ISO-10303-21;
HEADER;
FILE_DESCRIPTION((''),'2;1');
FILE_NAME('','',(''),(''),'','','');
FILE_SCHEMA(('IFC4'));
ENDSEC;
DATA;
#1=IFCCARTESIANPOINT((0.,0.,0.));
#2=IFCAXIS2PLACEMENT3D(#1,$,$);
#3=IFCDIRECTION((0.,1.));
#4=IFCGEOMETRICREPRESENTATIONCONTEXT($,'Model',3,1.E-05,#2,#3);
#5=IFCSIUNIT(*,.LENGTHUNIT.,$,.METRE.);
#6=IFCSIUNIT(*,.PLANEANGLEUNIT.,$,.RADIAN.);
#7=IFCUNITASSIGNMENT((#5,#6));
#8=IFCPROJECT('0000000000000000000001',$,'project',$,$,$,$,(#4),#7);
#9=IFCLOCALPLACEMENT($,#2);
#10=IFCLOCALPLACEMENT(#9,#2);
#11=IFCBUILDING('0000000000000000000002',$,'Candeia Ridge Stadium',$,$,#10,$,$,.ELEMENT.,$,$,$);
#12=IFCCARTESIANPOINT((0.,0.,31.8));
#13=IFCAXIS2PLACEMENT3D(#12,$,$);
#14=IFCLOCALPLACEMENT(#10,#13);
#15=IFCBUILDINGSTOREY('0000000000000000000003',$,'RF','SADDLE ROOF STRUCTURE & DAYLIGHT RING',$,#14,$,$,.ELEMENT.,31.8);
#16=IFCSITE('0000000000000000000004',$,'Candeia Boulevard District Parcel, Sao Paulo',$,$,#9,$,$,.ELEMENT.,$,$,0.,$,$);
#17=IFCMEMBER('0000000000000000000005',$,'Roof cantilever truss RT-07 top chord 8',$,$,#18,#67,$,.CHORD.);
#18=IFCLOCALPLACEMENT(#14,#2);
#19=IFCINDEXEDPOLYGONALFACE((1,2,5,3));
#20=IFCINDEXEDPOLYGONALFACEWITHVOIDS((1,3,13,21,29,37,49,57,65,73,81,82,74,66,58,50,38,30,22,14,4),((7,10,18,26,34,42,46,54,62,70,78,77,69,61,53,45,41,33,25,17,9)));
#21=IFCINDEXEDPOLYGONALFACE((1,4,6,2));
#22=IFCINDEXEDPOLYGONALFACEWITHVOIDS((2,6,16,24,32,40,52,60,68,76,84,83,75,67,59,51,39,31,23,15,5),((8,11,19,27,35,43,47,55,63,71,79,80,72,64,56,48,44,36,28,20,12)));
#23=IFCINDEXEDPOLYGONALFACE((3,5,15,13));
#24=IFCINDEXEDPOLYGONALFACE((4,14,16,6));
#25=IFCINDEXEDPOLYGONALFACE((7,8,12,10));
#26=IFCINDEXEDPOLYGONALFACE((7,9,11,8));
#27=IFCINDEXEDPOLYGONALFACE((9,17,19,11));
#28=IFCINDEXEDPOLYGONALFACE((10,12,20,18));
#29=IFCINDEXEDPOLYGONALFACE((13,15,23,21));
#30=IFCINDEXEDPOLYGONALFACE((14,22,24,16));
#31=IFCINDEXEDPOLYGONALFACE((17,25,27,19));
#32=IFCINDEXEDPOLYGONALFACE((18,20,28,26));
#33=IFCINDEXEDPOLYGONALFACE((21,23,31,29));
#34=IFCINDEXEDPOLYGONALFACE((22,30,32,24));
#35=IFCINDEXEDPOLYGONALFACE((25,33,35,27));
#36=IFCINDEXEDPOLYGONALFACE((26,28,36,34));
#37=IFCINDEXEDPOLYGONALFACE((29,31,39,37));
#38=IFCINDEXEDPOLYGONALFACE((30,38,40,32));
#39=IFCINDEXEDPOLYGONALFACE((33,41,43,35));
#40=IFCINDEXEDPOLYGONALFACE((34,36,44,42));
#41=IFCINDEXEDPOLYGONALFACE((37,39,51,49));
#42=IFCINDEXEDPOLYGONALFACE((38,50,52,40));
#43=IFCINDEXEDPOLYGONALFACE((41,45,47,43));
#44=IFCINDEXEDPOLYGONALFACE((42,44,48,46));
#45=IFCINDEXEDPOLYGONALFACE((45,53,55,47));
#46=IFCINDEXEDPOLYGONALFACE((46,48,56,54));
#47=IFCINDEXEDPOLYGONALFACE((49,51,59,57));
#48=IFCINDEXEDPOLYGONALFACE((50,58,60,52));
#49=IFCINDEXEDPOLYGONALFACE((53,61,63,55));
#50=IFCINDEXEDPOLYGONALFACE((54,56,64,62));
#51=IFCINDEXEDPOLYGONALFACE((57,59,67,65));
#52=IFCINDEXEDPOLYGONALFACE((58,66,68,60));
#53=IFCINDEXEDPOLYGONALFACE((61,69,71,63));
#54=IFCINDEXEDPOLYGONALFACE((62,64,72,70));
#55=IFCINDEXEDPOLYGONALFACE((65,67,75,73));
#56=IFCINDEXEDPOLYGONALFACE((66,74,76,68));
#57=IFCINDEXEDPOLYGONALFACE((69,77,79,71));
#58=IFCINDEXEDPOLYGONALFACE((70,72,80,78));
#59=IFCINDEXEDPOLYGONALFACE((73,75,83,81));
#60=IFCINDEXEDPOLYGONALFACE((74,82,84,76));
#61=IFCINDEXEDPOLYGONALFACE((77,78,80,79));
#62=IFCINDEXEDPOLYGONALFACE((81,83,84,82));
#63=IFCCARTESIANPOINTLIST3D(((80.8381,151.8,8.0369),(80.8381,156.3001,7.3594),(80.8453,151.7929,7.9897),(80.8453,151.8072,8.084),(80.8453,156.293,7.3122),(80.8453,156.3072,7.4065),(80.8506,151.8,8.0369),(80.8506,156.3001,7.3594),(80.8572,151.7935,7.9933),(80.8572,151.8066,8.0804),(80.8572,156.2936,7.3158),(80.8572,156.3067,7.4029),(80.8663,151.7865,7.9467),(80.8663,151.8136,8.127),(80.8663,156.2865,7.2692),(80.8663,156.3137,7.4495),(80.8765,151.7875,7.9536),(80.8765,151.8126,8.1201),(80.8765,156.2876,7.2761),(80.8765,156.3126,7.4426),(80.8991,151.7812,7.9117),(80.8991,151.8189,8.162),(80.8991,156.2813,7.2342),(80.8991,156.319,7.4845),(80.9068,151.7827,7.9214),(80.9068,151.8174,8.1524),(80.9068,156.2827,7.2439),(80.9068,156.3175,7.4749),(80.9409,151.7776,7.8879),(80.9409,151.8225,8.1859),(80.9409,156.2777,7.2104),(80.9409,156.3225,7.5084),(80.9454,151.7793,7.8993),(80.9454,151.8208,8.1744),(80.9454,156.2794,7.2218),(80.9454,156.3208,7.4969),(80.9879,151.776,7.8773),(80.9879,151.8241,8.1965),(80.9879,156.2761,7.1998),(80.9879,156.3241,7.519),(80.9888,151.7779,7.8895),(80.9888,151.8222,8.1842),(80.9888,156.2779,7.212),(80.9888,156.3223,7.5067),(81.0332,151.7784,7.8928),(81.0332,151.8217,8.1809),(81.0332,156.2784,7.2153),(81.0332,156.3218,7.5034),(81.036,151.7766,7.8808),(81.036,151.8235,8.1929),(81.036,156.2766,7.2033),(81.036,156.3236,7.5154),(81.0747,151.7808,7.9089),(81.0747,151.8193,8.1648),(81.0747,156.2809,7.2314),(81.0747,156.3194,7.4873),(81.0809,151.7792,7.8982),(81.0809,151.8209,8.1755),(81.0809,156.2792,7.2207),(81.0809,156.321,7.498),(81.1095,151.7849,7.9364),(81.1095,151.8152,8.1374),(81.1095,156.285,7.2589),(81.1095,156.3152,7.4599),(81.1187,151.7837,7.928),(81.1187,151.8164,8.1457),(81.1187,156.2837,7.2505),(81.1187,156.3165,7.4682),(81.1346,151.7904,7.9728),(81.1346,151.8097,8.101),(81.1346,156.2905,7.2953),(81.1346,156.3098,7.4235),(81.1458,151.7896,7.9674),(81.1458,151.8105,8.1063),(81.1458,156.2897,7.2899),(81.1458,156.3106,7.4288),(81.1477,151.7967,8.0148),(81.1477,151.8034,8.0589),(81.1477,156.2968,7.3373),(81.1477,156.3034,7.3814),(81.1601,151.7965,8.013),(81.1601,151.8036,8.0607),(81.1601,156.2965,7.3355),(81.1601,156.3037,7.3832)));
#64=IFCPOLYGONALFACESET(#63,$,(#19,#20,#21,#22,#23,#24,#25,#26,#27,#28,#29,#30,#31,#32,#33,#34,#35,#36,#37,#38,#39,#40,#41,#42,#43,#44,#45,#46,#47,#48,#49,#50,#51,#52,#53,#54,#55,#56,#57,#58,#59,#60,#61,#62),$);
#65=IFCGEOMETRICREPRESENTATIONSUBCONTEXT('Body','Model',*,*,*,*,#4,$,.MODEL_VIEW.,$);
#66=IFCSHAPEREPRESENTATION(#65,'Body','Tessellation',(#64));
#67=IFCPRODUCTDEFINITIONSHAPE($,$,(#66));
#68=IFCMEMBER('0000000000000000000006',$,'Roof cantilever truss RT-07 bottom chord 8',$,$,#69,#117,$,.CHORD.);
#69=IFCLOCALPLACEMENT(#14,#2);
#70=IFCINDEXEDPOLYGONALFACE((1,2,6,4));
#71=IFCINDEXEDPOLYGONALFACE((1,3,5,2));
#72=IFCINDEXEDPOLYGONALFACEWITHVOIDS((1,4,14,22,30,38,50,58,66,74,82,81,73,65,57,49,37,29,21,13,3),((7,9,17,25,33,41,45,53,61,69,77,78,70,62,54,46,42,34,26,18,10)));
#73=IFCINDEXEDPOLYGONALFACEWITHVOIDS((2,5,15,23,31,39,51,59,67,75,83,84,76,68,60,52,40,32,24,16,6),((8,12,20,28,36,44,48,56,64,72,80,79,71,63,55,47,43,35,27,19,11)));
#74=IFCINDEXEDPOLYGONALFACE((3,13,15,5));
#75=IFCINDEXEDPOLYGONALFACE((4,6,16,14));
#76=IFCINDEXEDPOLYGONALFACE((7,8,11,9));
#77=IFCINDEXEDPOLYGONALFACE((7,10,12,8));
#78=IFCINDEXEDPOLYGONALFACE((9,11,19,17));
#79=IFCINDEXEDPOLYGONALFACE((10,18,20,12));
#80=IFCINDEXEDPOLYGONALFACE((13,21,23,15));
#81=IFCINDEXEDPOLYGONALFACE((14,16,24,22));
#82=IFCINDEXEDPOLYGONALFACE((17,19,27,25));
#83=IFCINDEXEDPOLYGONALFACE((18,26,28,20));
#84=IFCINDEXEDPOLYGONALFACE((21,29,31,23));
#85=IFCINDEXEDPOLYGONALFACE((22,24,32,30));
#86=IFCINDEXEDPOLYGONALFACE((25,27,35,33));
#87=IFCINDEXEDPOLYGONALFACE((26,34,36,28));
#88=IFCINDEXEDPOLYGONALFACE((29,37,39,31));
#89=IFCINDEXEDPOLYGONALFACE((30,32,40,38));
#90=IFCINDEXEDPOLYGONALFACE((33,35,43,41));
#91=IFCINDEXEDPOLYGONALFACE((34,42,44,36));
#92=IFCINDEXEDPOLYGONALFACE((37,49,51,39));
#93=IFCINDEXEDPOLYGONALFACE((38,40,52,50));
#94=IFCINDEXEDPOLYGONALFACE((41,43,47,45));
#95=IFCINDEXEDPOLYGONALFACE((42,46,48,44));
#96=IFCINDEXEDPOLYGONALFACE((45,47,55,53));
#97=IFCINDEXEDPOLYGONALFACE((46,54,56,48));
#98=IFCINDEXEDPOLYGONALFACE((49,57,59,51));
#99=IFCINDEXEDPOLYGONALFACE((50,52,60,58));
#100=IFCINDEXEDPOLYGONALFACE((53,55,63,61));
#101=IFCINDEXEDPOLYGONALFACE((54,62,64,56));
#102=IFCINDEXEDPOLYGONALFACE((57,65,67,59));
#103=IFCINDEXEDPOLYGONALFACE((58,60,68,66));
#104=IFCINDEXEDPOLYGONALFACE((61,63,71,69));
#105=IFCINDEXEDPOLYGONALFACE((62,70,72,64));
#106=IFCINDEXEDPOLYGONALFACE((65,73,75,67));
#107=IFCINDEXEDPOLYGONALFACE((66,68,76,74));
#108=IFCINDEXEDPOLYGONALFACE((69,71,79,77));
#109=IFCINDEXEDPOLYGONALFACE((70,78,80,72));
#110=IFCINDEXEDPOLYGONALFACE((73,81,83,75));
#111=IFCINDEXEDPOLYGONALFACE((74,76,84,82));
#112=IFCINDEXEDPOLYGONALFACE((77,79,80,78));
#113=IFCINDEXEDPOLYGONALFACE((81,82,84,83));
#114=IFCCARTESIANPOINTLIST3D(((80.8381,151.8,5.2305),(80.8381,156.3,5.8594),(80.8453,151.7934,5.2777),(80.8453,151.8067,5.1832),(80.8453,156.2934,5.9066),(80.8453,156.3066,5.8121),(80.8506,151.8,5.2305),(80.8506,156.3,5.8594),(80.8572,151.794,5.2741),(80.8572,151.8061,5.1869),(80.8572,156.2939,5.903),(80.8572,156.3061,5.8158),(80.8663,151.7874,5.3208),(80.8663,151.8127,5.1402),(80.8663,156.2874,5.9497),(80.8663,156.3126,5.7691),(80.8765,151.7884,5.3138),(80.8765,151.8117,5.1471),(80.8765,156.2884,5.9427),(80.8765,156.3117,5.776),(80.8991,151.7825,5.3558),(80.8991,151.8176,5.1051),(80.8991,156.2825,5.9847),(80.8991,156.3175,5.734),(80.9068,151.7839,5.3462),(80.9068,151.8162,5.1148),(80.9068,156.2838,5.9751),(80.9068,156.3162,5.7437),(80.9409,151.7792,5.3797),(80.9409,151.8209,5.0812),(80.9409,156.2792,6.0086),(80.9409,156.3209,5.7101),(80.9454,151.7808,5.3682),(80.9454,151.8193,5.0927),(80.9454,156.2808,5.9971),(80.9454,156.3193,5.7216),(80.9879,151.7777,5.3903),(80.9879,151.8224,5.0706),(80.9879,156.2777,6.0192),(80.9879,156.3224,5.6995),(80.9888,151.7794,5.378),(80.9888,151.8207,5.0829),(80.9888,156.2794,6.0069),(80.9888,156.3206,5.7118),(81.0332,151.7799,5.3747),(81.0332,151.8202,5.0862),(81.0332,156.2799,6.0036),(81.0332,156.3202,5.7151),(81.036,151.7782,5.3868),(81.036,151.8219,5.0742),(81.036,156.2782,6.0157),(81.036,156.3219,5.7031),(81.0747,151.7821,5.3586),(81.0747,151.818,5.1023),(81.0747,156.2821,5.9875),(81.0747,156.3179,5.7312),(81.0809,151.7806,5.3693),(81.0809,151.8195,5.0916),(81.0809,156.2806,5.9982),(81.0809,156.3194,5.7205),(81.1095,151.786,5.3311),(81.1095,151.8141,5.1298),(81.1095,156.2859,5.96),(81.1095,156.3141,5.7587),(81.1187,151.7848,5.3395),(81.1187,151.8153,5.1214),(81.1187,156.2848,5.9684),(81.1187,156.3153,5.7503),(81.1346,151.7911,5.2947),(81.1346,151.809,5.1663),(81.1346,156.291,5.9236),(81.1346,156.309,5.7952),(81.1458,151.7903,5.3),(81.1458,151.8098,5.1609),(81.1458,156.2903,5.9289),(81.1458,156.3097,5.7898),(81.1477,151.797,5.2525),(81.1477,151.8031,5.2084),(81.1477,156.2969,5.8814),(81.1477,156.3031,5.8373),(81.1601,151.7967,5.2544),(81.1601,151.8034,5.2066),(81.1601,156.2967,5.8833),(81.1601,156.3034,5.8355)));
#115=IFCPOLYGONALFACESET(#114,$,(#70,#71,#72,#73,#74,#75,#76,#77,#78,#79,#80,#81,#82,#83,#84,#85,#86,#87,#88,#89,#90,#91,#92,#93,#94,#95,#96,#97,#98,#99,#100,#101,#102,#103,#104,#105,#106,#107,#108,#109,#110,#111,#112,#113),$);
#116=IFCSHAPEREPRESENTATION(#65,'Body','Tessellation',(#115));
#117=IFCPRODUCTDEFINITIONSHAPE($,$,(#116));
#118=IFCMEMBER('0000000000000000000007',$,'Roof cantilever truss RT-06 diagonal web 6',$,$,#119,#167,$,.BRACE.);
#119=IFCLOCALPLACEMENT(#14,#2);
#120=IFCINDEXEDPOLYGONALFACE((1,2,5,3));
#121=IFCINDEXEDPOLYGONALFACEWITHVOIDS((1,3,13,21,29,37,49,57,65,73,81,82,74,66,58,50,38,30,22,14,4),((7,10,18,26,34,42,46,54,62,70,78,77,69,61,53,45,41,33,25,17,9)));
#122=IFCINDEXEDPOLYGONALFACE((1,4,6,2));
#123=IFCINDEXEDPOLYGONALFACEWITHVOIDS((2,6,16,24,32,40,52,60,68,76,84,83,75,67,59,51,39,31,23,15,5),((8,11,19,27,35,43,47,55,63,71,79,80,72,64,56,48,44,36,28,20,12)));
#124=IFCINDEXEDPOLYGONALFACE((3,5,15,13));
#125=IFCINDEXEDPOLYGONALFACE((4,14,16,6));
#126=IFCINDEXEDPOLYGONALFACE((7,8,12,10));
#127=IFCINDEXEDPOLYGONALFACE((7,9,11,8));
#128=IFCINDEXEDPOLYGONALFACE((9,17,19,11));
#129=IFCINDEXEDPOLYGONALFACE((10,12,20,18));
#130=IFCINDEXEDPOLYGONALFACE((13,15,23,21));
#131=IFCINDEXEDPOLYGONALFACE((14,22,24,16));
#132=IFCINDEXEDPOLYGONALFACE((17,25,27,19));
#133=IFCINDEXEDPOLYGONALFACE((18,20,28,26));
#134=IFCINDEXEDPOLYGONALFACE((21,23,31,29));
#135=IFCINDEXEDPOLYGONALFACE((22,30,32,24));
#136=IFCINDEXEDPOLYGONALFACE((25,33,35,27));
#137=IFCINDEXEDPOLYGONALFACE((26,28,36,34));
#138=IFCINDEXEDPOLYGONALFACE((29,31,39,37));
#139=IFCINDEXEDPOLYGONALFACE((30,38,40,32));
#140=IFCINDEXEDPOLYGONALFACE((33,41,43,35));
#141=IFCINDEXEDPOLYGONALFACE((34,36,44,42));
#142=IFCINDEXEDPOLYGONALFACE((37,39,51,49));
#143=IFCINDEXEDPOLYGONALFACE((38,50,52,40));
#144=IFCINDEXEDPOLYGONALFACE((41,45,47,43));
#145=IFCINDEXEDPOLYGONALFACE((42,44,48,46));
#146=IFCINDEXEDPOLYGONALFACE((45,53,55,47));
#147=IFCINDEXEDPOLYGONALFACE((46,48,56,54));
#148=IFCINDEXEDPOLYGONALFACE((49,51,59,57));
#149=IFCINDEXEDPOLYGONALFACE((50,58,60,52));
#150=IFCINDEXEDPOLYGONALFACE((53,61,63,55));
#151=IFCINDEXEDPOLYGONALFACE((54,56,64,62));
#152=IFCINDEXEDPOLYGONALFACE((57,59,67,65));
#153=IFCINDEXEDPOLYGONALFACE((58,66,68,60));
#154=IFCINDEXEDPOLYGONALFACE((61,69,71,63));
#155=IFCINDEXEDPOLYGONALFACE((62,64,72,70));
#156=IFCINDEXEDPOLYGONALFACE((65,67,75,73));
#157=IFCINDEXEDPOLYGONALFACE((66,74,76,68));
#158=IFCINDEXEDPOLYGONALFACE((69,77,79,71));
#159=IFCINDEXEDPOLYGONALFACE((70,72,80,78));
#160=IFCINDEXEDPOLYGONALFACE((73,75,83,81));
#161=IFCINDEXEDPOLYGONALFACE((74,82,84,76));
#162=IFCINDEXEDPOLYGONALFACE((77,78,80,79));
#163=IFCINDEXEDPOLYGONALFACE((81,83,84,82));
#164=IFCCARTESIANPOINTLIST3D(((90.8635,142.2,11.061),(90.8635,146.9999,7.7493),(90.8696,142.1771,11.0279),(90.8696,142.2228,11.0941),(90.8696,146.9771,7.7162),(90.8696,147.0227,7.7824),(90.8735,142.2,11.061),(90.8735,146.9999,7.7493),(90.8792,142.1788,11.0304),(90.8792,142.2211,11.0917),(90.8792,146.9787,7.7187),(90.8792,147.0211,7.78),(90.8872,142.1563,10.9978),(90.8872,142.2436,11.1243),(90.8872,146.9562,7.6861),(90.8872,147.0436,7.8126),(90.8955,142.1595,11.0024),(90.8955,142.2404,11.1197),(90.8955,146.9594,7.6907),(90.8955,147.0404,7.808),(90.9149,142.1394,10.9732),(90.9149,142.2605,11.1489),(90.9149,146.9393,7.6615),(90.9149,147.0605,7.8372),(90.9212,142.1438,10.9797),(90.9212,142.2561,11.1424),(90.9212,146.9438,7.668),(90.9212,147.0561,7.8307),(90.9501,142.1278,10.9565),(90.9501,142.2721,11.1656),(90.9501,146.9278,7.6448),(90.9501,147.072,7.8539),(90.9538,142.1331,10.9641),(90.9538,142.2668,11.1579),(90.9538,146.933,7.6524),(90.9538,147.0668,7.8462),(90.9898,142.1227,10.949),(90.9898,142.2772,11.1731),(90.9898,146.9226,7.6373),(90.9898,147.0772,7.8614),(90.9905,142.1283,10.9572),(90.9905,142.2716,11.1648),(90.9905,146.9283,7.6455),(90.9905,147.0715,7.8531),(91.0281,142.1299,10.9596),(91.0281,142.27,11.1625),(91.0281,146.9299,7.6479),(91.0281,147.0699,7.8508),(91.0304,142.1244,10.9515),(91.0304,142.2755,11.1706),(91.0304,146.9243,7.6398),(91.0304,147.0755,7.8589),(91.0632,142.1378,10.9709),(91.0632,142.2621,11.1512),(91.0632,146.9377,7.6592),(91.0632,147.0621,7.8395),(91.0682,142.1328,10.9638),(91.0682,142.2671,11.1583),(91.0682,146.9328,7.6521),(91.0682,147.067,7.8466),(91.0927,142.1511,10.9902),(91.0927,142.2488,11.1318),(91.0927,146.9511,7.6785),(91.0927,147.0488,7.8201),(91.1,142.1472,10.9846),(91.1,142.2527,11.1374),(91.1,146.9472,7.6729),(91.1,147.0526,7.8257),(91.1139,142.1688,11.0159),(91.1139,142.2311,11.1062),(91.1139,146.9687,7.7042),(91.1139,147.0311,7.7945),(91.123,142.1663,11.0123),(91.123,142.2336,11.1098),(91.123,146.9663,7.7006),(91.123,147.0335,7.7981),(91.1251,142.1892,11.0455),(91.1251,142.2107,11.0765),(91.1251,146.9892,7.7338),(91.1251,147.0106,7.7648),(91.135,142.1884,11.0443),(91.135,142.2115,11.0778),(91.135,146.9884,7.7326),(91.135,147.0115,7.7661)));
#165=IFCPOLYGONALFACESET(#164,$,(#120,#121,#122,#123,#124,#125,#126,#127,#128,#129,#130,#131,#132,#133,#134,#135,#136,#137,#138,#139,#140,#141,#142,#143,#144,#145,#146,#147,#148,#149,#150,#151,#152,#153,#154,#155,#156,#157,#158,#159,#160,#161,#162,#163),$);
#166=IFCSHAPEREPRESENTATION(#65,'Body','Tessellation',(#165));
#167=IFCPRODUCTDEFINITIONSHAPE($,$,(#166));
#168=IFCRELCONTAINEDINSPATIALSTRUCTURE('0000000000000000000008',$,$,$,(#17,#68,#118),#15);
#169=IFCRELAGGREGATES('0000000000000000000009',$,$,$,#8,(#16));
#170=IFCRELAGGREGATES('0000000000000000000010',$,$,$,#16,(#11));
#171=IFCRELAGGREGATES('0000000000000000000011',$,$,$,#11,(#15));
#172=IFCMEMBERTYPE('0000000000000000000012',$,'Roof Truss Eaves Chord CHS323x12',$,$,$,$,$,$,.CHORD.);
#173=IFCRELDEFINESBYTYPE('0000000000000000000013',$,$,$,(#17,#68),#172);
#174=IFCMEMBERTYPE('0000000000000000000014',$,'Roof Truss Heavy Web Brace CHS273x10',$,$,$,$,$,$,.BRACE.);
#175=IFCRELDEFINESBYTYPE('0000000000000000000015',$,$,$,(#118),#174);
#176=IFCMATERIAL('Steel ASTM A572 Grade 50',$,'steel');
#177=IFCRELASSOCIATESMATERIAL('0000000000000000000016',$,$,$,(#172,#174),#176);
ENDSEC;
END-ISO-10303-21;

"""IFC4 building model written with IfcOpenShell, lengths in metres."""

from ifc_helpers import new_model, si_unit, direction, frame, origin, origin_2d, place, context, subcontext, project, spatial, hollow_circle, extrude, material, material_profile, profile_set, type_object, element, save


model = new_model("IFC4")

# Units and contexts
model_context = context("Model", 3, precision=1e-05, world=origin(), true_north=direction((0.0, 1.0)))
body_context = subcontext(model_context, "Body", "Model", "MODEL_VIEW")
ifc_project = project(units=[si_unit("LENGTHUNIT", "METRE"), si_unit("PLANEANGLEUNIT", "RADIAN")], contexts=[model_context])

# Site, building, storey
site_placement = place(None, origin())
site = spatial("IfcSite", under=ifc_project, at=site_placement, Name="Candeia Boulevard District Parcel, Sao Paulo", CompositionType="ELEMENT", RefElevation=0.0)
building_placement = place(site_placement, origin())
building = spatial("IfcBuilding", under=site, at=building_placement, Name="Candeia Ridge Stadium", CompositionType="ELEMENT")
storey_placement = place(building_placement, frame((0.0, 0.0, 31.8)))
storey = spatial("IfcBuildingStorey", under=building, at=storey_placement, Name="RF", Description="SADDLE ROOF STRUCTURE & DAYLIGHT RING", CompositionType="ELEMENT", Elevation=31.8)

# Shared definitions
ifc_material_1 = material(Name="Steel ASTM A572 Grade 50", Category="steel")

# Members
ifc_material_profile_1 = material_profile(ifc_material_1, hollow_circle(Radius=0.1619, WallThickness=0.0125, at=origin_2d()), Name="CHS323x12", Category="steel")
ifc_profile_set_1 = profile_set([ifc_material_profile_1], Name="Steel ASTM A572 Grade 50")
member_type_1 = type_object("IfcMemberType", Name="Roof Truss Eaves Chord CHS323x12", PredefinedType="CHORD", material=ifc_profile_set_1)
member_1_placement = place(storey_placement, frame((81.0, 151.8, 8.0369), z_axis=(0.0, 0.988856, -0.148876), x_axis=(-1.0, 0.0, 0.0)))
element("IfcMember", 1, at=member_1_placement, inside=storey, type_object=member_type_1, Name="Roof cantilever truss RT-07 top chord 8", PredefinedType="CHORD", context=body_context, shape_type="SweptSolid", body=[
    extrude(hollow_circle(Radius=0.1619, WallThickness=0.0125, at=origin_2d()), origin(), (0.0, 0.0, 1.0), 4.5508),
])
member_2_placement = place(storey_placement, frame((81.0, 151.8, 5.2305), z_axis=(0.0, 0.990375, 0.138412), x_axis=(-1.0, 0.0, 0.0)))
element("IfcMember", 2, at=member_2_placement, inside=storey, type_object=member_type_1, Name="Roof cantilever truss RT-07 bottom chord 8", PredefinedType="CHORD", context=body_context, shape_type="SweptSolid", body=[
    extrude(hollow_circle(Radius=0.1619, WallThickness=0.0125, at=origin_2d()), origin(), (0.0, 0.0, 1.0), 4.5437),
])
ifc_material_profile_2 = material_profile(ifc_material_1, hollow_circle(Radius=0.1365, WallThickness=0.01, at=origin_2d()), Name="CHS273x10", Category="steel")
ifc_profile_set_2 = profile_set([ifc_material_profile_2], Name="Steel ASTM A572 Grade 50")
member_type_2 = type_object("IfcMemberType", Name="Roof Truss Heavy Web Brace CHS273x10", PredefinedType="BRACE", material=ifc_profile_set_2)
member_3_placement = place(storey_placement, frame((91.0, 142.2, 11.061), z_axis=(0.0, 0.823101, -0.567894), x_axis=(-1.0, 0.0, 0.0)))
element("IfcMember", 3, at=member_3_placement, inside=storey, type_object=member_type_2, Name="Roof cantilever truss RT-06 diagonal web 6", PredefinedType="BRACE", context=body_context, shape_type="SweptSolid", body=[
    extrude(hollow_circle(Radius=0.1365, WallThickness=0.01, at=origin_2d()), origin(), (0.0, 0.0, 1.0), 5.8315),
])

save(model, "model.ifc")
